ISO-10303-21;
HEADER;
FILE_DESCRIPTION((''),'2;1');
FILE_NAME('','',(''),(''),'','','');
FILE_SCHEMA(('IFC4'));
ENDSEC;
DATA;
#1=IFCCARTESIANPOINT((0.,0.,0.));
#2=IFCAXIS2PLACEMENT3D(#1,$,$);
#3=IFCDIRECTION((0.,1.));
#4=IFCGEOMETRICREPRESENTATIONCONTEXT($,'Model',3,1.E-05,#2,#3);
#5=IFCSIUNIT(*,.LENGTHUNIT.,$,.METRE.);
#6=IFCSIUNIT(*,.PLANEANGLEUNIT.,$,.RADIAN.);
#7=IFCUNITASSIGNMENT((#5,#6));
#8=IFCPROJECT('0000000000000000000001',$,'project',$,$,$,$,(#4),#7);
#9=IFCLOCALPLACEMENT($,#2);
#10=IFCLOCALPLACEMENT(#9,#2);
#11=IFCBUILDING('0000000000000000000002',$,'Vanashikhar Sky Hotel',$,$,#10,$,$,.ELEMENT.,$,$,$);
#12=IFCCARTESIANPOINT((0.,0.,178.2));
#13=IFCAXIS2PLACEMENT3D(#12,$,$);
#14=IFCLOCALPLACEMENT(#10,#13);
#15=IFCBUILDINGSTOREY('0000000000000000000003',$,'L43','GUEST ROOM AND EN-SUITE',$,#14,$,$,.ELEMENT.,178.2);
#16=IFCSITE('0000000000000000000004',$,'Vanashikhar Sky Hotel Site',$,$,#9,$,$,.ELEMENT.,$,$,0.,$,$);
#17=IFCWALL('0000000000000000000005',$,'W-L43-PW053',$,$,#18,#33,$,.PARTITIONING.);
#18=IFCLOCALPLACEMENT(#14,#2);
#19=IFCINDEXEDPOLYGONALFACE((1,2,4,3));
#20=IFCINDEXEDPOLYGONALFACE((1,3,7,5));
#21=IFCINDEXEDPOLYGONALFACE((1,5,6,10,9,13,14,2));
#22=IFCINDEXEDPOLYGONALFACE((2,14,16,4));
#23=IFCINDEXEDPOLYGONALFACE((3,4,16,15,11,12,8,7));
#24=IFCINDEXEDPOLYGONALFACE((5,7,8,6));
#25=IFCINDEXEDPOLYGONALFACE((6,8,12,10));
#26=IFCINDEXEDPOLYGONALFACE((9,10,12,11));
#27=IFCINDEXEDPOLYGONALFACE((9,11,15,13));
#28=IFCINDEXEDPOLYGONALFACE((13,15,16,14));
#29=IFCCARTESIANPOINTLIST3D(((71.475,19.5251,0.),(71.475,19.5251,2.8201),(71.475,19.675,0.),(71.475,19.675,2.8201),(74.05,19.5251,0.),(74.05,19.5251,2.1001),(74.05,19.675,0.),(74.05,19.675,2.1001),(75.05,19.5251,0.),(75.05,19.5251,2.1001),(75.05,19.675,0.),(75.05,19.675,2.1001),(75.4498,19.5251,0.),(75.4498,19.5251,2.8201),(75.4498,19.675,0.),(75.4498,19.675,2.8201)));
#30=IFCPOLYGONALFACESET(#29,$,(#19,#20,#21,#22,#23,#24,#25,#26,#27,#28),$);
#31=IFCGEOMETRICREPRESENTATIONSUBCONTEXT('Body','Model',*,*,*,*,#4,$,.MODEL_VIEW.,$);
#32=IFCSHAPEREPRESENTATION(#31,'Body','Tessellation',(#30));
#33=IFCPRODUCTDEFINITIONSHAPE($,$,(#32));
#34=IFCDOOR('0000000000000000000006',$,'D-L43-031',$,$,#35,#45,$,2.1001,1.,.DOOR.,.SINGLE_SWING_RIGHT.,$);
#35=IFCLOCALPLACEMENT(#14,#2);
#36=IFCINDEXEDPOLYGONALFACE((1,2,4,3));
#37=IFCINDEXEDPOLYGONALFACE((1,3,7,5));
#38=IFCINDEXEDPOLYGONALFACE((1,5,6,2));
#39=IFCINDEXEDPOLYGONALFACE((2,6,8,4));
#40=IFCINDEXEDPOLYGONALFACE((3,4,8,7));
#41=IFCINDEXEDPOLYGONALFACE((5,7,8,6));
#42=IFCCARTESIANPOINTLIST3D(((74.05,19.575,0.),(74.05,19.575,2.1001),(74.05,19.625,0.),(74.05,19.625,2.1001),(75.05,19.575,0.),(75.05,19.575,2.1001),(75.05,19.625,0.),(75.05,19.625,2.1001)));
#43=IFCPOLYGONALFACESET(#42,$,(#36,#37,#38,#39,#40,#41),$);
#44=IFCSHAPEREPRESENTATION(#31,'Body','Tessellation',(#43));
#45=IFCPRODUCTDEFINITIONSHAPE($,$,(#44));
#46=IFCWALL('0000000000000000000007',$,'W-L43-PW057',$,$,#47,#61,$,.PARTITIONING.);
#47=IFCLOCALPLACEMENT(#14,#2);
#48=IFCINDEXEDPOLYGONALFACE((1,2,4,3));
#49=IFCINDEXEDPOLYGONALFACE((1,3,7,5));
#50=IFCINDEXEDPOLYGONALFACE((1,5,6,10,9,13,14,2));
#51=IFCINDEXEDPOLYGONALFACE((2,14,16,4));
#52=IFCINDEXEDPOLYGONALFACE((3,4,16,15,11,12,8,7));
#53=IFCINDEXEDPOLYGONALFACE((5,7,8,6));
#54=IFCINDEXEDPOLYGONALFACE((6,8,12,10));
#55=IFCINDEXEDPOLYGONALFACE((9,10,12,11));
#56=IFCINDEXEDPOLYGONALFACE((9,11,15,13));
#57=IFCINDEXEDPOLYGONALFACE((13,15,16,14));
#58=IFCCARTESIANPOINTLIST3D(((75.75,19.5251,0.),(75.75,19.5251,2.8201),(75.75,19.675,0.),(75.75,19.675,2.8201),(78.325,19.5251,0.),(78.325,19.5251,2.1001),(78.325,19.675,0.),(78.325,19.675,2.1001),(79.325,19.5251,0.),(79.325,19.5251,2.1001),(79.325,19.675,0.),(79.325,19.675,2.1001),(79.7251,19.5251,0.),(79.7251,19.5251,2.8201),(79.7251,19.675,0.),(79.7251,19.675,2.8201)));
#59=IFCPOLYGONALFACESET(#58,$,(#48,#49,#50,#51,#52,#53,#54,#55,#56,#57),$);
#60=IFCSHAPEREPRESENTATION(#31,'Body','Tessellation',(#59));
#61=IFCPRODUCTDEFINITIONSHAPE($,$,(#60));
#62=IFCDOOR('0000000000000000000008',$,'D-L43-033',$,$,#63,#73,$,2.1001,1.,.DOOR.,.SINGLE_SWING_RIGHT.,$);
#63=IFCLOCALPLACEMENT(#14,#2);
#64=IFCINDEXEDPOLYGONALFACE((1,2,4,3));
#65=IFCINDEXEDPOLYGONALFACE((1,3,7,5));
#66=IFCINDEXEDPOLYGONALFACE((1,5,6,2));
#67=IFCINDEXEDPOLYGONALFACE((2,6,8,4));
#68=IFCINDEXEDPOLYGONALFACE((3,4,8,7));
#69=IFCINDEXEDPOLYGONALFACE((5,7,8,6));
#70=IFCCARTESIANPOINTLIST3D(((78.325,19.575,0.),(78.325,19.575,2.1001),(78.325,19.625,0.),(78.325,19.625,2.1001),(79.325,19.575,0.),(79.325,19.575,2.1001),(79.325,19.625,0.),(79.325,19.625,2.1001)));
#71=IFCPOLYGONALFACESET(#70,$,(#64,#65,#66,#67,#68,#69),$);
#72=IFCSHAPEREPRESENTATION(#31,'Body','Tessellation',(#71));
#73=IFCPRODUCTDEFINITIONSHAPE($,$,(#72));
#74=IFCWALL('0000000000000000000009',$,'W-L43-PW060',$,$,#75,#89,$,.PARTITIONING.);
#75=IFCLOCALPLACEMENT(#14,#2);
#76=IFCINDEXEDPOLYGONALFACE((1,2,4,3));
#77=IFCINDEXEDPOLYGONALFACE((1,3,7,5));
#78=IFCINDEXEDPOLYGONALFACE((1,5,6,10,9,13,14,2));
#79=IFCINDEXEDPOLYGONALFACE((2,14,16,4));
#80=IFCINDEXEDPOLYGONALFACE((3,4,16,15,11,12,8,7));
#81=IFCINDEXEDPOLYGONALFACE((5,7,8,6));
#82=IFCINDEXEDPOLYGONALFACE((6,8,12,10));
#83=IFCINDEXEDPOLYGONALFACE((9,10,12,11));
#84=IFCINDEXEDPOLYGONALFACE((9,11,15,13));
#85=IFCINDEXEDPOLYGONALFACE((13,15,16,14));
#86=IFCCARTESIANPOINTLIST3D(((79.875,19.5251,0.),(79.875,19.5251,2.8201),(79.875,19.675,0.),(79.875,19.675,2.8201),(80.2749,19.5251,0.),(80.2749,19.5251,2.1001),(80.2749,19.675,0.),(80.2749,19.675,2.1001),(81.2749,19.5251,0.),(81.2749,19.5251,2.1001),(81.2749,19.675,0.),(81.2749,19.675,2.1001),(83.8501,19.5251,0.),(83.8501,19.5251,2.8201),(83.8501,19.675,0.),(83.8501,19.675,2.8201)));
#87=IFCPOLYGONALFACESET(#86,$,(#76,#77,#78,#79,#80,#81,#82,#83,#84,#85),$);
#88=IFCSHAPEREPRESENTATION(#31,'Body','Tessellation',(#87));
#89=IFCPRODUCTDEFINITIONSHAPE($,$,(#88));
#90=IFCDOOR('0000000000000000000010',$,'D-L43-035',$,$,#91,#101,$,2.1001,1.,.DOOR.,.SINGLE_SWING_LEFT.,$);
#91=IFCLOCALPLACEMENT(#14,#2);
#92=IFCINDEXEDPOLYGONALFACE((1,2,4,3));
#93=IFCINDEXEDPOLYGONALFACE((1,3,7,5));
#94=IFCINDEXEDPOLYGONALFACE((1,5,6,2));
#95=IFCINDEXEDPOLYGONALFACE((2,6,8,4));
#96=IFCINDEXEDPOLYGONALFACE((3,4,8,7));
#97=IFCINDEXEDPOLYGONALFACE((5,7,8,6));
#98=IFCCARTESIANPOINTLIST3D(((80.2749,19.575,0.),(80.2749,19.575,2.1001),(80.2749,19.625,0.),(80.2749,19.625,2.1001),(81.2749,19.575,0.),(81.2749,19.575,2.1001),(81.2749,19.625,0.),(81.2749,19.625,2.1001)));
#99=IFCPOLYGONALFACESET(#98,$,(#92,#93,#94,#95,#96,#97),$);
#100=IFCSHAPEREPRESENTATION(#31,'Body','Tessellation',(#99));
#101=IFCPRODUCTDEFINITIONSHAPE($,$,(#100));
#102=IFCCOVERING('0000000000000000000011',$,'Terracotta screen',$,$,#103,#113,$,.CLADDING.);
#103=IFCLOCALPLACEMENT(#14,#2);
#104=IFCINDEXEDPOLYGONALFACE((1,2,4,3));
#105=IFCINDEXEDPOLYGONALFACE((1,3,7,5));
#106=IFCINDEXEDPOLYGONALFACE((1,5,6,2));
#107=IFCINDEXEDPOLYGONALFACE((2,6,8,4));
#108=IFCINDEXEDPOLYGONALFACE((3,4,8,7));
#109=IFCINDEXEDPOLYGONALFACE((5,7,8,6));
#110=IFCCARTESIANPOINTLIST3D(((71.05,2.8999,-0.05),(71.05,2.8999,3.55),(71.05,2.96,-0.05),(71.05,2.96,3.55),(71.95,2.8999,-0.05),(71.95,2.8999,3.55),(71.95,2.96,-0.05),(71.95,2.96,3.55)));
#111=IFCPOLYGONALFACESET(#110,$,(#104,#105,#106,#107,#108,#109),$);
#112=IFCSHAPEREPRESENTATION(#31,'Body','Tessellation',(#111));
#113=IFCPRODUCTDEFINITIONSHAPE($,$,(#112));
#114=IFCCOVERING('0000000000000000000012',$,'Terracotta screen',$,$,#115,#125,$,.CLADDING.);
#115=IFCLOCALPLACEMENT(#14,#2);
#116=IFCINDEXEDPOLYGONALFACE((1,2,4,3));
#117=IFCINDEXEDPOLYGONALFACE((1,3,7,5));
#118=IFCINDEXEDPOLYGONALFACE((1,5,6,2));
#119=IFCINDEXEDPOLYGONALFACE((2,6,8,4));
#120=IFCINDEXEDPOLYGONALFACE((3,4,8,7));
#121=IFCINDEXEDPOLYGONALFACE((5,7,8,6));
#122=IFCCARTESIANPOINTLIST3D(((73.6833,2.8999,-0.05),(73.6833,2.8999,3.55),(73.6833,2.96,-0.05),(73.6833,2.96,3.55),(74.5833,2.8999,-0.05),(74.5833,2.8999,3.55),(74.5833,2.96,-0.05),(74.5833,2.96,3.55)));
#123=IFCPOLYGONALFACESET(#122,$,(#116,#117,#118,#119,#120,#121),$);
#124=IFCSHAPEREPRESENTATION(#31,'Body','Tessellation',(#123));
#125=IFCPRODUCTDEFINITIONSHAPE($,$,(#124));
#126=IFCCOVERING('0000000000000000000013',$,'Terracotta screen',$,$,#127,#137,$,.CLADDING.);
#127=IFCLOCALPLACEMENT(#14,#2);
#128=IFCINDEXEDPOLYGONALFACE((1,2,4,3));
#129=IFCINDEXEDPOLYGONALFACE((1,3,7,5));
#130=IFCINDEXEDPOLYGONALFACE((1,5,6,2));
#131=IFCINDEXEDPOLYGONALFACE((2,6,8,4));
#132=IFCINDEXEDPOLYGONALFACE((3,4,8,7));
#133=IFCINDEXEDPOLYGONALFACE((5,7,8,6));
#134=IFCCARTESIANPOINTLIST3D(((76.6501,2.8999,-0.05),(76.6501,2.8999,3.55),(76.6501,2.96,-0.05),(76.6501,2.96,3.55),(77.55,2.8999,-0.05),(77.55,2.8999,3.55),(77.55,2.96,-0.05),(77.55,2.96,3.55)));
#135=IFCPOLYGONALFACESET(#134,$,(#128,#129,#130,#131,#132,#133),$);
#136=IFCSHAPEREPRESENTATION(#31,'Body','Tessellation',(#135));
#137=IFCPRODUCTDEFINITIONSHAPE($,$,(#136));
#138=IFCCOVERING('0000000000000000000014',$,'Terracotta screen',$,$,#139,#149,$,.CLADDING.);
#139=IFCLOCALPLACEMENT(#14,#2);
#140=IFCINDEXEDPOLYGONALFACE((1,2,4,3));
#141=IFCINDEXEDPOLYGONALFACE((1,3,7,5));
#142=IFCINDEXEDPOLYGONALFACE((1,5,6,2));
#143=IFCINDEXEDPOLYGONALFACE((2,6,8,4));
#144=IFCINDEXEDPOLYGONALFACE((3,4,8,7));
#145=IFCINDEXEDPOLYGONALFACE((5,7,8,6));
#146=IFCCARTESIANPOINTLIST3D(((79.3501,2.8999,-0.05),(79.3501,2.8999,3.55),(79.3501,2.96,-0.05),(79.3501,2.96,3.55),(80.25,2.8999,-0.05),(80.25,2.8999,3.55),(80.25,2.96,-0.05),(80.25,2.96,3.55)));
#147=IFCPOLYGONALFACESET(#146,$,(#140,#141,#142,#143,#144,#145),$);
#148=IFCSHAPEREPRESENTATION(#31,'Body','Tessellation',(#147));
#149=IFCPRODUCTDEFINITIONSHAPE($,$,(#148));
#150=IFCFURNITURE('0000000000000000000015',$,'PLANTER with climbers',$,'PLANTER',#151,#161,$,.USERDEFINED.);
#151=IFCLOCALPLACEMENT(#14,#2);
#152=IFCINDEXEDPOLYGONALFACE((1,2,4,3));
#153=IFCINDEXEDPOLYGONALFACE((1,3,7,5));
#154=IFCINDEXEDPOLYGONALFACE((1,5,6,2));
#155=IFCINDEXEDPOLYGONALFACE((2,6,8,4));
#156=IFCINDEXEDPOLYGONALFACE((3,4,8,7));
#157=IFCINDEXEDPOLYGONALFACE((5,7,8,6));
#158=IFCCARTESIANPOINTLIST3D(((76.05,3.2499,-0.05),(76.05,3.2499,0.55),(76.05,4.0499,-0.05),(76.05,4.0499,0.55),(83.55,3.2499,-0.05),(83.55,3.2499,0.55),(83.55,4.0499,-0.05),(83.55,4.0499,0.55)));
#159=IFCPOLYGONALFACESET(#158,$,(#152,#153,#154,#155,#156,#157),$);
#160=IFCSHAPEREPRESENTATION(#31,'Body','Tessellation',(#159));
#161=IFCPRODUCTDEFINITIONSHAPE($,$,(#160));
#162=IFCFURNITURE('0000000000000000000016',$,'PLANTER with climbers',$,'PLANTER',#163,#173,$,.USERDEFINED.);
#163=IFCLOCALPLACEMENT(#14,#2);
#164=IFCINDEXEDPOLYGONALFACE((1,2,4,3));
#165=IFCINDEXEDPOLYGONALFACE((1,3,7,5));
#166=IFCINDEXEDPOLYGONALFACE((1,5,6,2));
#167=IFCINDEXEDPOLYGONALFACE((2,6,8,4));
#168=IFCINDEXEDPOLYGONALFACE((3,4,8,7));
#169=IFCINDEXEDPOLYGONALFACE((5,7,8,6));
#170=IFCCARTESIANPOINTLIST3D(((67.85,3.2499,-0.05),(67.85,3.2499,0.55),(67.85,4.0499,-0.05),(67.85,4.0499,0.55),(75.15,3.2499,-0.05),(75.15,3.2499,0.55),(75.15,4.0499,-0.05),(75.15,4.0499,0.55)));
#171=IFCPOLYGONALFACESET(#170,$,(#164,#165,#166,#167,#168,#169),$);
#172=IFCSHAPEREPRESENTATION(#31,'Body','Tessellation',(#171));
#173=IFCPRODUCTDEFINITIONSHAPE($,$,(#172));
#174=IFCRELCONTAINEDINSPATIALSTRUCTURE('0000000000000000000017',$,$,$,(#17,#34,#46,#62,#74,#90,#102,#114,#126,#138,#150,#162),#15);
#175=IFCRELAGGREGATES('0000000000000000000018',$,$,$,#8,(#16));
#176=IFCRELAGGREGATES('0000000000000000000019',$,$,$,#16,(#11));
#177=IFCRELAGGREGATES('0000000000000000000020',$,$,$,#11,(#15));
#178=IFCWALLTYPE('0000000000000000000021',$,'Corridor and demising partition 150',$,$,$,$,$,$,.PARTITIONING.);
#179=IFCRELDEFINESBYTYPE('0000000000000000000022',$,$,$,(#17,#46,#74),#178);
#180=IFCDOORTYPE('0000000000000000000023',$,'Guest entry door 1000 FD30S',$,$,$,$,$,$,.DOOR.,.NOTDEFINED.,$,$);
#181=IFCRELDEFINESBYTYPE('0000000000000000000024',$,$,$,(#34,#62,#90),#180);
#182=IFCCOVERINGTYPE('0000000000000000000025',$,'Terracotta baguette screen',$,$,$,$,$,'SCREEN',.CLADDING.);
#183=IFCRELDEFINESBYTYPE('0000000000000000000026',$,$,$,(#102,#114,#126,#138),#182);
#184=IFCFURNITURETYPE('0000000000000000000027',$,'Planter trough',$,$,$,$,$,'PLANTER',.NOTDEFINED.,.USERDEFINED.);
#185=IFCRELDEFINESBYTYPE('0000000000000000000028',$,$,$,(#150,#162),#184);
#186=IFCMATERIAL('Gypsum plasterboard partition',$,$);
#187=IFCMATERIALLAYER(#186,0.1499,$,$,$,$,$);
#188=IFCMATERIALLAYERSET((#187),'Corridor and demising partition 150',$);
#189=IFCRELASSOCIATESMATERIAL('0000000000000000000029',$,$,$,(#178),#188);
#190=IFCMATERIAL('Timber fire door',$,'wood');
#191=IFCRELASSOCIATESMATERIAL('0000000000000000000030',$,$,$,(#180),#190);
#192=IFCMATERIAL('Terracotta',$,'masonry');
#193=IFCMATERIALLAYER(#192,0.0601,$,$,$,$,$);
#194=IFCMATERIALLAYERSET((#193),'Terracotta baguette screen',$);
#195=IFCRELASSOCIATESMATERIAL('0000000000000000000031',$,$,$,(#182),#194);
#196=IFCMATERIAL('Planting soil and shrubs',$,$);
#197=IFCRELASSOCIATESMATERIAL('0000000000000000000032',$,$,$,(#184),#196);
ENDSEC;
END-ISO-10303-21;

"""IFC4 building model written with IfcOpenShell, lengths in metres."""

from ifc_helpers import new_model, si_unit, direction, frame, frame_2d, origin, origin_2d, place, context, subcontext, project, spatial, rectangle, extrude, source, transform, mapped, material, layer, layer_set, type_object, element, fill, save


model = new_model("IFC4")

# Units and contexts
model_context = context("Model", 3, precision=1e-05, world=origin(), true_north=direction((0.0, 1.0)))
body_context = subcontext(model_context, "Body", "Model", "MODEL_VIEW")
ifc_project = project(units=[si_unit("LENGTHUNIT", "METRE"), si_unit("PLANEANGLEUNIT", "RADIAN")], contexts=[model_context])

# Site, building, storey
site_placement = place(None, origin())
site = spatial("IfcSite", under=ifc_project, at=site_placement, Name="Vanashikhar Sky Hotel Site", CompositionType="ELEMENT", RefElevation=0.0)
building_placement = place(site_placement, origin())
building = spatial("IfcBuilding", under=site, at=building_placement, Name="Vanashikhar Sky Hotel", CompositionType="ELEMENT")
storey_placement = place(building_placement, frame((0.0, 0.0, 178.2)))
storey = spatial("IfcBuildingStorey", under=building, at=storey_placement, Name="L43", Description="GUEST ROOM AND EN-SUITE", CompositionType="ELEMENT", Elevation=178.2)

# Shared definitions
ifc_material_1 = material(Name="Gypsum plasterboard partition")
ifc_layer_1 = layer(ifc_material_1, 0.1499)
ifc_layer_set_1 = layer_set([ifc_layer_1], Name="Corridor and demising partition 150")
wall_type_1 = type_object("IfcWallType", Name="Corridor and demising partition 150", PredefinedType="PARTITIONING", material=ifc_layer_set_1)

# Walls, openings, doors
shared_shape_1 = source(origin(), body_context, "Body", "SweptSolid", [
    extrude(rectangle(XDim=3.9749, YDim=0.1499, at=frame_2d((1.9873, 0.0))), origin(), (0.0, 0.0, 1.0), 2.8201),
])
wall_1_placement = place(storey_placement, frame((71.4751, 19.6001, 0.0), z_axis=(0.0, 0.0, 1.0), x_axis=(1.0, 0.0, 0.0)))
wall_1 = element("IfcWall", 1, at=wall_1_placement, inside=storey, type_object=wall_type_1, Name="W-L43-PW053", PredefinedType="PARTITIONING", context=body_context, shape_type="MappedRepresentation", body=[
    mapped(shared_shape_1, transform((0.0, 0.0, 0.0), scale=1.0)),
])
shared_shape_2 = source(origin(), body_context, "Body", "SweptSolid", [
    extrude(rectangle(XDim=1.0, YDim=2.1001, at=frame_2d((0.5, 1.05))), frame((0.0, 0.085, 0.0), z_axis=(0.0, -1.0, 0.0), x_axis=(1.0, 0.0, 0.0)), (0.0, 0.0, 1.0), 0.1699),
])
opening_1_placement = place(wall_1_placement, frame((2.575, 0.0, 0.0)))
opening_1 = element("IfcOpeningElement", 2, at=opening_1_placement, cuts=wall_1, PredefinedType="OPENING", context=body_context, shape_type="MappedRepresentation", body=[
    mapped(shared_shape_2, transform((0.0, 0.0, 0.0), scale=1.0)),
])
ifc_material_2 = material(Name="Timber fire door", Category="wood")
door_type_1 = type_object("IfcDoorType", Name="Guest entry door 1000 FD30S", OperationType="NOTDEFINED", PredefinedType="DOOR", material=ifc_material_2)
shared_shape_3 = source(origin(), body_context, "Body", "SweptSolid", [
    extrude(rectangle(XDim=1.0, YDim=2.1001, at=frame_2d((0.5, 1.05))), frame((0.0, 0.0249, 0.0), z_axis=(0.0, -1.0, 0.0), x_axis=(1.0, 0.0, 0.0)), (0.0, 0.0, 1.0), 0.05),
])
door_1_placement = place(opening_1_placement, origin())
door_1 = element("IfcDoor", 3, at=door_1_placement, inside=storey, type_object=door_type_1, Name="D-L43-031", OperationType="SINGLE_SWING_RIGHT", OverallHeight=2.1001, OverallWidth=1.0, PredefinedType="DOOR", context=body_context, shape_type="MappedRepresentation", body=[
    mapped(shared_shape_3, transform((0.0, 0.0, 0.0), scale=1.0)),
])
fill(opening_1, door_1)
shared_shape_4 = source(origin(), body_context, "Body", "SweptSolid", [
    extrude(rectangle(XDim=3.9751, YDim=0.1499, at=frame_2d((1.9875, 0.0))), origin(), (0.0, 0.0, 1.0), 2.8201),
])
wall_2_placement = place(storey_placement, frame((75.75, 19.6001, 0.0), z_axis=(0.0, 0.0, 1.0), x_axis=(1.0, 0.0, 0.0)))
wall_2 = element("IfcWall", 4, at=wall_2_placement, inside=storey, type_object=wall_type_1, Name="W-L43-PW057", PredefinedType="PARTITIONING", context=body_context, shape_type="MappedRepresentation", body=[
    mapped(shared_shape_4, transform((0.0, 0.0, 0.0), scale=1.0)),
])
opening_2_placement = place(wall_2_placement, frame((2.575, 0.0, 0.0)))
opening_2 = element("IfcOpeningElement", 5, at=opening_2_placement, cuts=wall_2, PredefinedType="OPENING", context=body_context, shape_type="MappedRepresentation", body=[
    mapped(shared_shape_2, transform((0.0, 0.0, 0.0), scale=1.0)),
])
door_2_placement = place(opening_2_placement, origin())
door_2 = element("IfcDoor", 6, at=door_2_placement, inside=storey, type_object=door_type_1, Name="D-L43-033", OperationType="SINGLE_SWING_RIGHT", OverallHeight=2.1001, OverallWidth=1.0, PredefinedType="DOOR", context=body_context, shape_type="MappedRepresentation", body=[
    mapped(shared_shape_3, transform((0.0, 0.0, 0.0), scale=1.0)),
])
fill(opening_2, door_2)
wall_3_placement = place(storey_placement, frame((79.875, 19.6001, 0.0), z_axis=(0.0, 0.0, 1.0), x_axis=(1.0, 0.0, 0.0)))
wall_3 = element("IfcWall", 7, at=wall_3_placement, inside=storey, type_object=wall_type_1, Name="W-L43-PW060", PredefinedType="PARTITIONING", context=body_context, shape_type="MappedRepresentation", body=[
    mapped(shared_shape_4, transform((0.0, 0.0, 0.0), scale=1.0)),
])
opening_3_placement = place(wall_3_placement, frame((0.3999, 0.0, 0.0)))
opening_3 = element("IfcOpeningElement", 8, at=opening_3_placement, cuts=wall_3, PredefinedType="OPENING", context=body_context, shape_type="MappedRepresentation", body=[
    mapped(shared_shape_2, transform((0.0, 0.0, 0.0), scale=1.0)),
])
door_3_placement = place(opening_3_placement, origin())
door_3 = element("IfcDoor", 9, at=door_3_placement, inside=storey, type_object=door_type_1, Name="D-L43-035", OperationType="SINGLE_SWING_LEFT", OverallHeight=2.1001, OverallWidth=1.0, PredefinedType="DOOR", context=body_context, shape_type="MappedRepresentation", body=[
    mapped(shared_shape_3, transform((0.0, 0.0, 0.0), scale=1.0)),
])
fill(opening_3, door_3)

# Coverings
ifc_material_3 = material(Name="Terracotta", Category="masonry")
ifc_layer_2 = layer(ifc_material_3, 0.0601)
ifc_layer_set_2 = layer_set([ifc_layer_2], Name="Terracotta baguette screen")
covering_type = type_object("IfcCoveringType", Name="Terracotta baguette screen", ElementType="SCREEN", PredefinedType="CLADDING", material=ifc_layer_set_2)
shared_shape_5 = source(origin(), body_context, "Body", "SweptSolid", [
    extrude(rectangle(XDim=0.8999, YDim=0.0601, at=origin_2d()), origin(), (0.0, 0.0, 1.0), 3.6001),
])
for number, where, z_axis, x_axis, name in (
    (10, (71.5, 2.9299, -0.05), (0.0, 0.0, 1.0), (1.0, 0.0, 0.0), "Terracotta screen"),
    (11, (74.1333, 2.9299, -0.05), (0.0, 0.0, 1.0), (1.0, 0.0, 0.0), "Terracotta screen"),
    (12, (77.1001, 2.9299, -0.05), (0.0, 0.0, 1.0), (1.0, 0.0, 0.0), "Terracotta screen"),
    (13, (79.8, 2.9299, -0.05), (0.0, 0.0, 1.0), (1.0, 0.0, 0.0), "Terracotta screen"),
):
    element("IfcCovering", number, at=place(storey_placement, frame(where, z_axis=z_axis, x_axis=x_axis)), inside=storey, type_object=covering_type, Name=name, PredefinedType="CLADDING", context=body_context, shape_type="MappedRepresentation", body=[
        mapped(shared_shape_5, transform((0.0, 0.0, 0.0), scale=1.0)),
    ])

# Furniture
ifc_material_4 = material(Name="Planting soil and shrubs")
furniture_type = type_object("IfcFurnitureType", Name="Planter trough", ElementType="PLANTER", AssemblyPlace="NOTDEFINED", PredefinedType="USERDEFINED", material=ifc_material_4)
shared_shape_6 = source(origin(), body_context, "Body", "SweptSolid", [
    extrude(rectangle(XDim=7.5, YDim=0.8, at=origin_2d()), origin(), (0.0, 0.0, 1.0), 0.6001),
])
furniture_1_placement = place(storey_placement, frame((79.8, 3.6499, -0.05), z_axis=(0.0, 0.0, 1.0), x_axis=(1.0, 0.0, 0.0)))
element("IfcFurniture", 14, at=furniture_1_placement, inside=storey, type_object=furniture_type, Name="PLANTER with climbers", ObjectType="PLANTER", PredefinedType="USERDEFINED", context=body_context, shape_type="MappedRepresentation", body=[
    mapped(shared_shape_6, transform((0.0, 0.0, 0.0), scale=1.0)),
])
shared_shape_7 = source(origin(), body_context, "Body", "SweptSolid", [
    extrude(rectangle(XDim=7.3, YDim=0.8, at=origin_2d()), origin(), (0.0, 0.0, 1.0), 0.6001),
])
furniture_2_placement = place(storey_placement, frame((71.5, 3.6499, -0.05), z_axis=(0.0, 0.0, 1.0), x_axis=(1.0, 0.0, 0.0)))
element("IfcFurniture", 15, at=furniture_2_placement, inside=storey, type_object=furniture_type, Name="PLANTER with climbers", ObjectType="PLANTER", PredefinedType="USERDEFINED", context=body_context, shape_type="MappedRepresentation", body=[
    mapped(shared_shape_7, transform((0.0, 0.0, 0.0), scale=1.0)),
])

save(model, "model.ifc")
